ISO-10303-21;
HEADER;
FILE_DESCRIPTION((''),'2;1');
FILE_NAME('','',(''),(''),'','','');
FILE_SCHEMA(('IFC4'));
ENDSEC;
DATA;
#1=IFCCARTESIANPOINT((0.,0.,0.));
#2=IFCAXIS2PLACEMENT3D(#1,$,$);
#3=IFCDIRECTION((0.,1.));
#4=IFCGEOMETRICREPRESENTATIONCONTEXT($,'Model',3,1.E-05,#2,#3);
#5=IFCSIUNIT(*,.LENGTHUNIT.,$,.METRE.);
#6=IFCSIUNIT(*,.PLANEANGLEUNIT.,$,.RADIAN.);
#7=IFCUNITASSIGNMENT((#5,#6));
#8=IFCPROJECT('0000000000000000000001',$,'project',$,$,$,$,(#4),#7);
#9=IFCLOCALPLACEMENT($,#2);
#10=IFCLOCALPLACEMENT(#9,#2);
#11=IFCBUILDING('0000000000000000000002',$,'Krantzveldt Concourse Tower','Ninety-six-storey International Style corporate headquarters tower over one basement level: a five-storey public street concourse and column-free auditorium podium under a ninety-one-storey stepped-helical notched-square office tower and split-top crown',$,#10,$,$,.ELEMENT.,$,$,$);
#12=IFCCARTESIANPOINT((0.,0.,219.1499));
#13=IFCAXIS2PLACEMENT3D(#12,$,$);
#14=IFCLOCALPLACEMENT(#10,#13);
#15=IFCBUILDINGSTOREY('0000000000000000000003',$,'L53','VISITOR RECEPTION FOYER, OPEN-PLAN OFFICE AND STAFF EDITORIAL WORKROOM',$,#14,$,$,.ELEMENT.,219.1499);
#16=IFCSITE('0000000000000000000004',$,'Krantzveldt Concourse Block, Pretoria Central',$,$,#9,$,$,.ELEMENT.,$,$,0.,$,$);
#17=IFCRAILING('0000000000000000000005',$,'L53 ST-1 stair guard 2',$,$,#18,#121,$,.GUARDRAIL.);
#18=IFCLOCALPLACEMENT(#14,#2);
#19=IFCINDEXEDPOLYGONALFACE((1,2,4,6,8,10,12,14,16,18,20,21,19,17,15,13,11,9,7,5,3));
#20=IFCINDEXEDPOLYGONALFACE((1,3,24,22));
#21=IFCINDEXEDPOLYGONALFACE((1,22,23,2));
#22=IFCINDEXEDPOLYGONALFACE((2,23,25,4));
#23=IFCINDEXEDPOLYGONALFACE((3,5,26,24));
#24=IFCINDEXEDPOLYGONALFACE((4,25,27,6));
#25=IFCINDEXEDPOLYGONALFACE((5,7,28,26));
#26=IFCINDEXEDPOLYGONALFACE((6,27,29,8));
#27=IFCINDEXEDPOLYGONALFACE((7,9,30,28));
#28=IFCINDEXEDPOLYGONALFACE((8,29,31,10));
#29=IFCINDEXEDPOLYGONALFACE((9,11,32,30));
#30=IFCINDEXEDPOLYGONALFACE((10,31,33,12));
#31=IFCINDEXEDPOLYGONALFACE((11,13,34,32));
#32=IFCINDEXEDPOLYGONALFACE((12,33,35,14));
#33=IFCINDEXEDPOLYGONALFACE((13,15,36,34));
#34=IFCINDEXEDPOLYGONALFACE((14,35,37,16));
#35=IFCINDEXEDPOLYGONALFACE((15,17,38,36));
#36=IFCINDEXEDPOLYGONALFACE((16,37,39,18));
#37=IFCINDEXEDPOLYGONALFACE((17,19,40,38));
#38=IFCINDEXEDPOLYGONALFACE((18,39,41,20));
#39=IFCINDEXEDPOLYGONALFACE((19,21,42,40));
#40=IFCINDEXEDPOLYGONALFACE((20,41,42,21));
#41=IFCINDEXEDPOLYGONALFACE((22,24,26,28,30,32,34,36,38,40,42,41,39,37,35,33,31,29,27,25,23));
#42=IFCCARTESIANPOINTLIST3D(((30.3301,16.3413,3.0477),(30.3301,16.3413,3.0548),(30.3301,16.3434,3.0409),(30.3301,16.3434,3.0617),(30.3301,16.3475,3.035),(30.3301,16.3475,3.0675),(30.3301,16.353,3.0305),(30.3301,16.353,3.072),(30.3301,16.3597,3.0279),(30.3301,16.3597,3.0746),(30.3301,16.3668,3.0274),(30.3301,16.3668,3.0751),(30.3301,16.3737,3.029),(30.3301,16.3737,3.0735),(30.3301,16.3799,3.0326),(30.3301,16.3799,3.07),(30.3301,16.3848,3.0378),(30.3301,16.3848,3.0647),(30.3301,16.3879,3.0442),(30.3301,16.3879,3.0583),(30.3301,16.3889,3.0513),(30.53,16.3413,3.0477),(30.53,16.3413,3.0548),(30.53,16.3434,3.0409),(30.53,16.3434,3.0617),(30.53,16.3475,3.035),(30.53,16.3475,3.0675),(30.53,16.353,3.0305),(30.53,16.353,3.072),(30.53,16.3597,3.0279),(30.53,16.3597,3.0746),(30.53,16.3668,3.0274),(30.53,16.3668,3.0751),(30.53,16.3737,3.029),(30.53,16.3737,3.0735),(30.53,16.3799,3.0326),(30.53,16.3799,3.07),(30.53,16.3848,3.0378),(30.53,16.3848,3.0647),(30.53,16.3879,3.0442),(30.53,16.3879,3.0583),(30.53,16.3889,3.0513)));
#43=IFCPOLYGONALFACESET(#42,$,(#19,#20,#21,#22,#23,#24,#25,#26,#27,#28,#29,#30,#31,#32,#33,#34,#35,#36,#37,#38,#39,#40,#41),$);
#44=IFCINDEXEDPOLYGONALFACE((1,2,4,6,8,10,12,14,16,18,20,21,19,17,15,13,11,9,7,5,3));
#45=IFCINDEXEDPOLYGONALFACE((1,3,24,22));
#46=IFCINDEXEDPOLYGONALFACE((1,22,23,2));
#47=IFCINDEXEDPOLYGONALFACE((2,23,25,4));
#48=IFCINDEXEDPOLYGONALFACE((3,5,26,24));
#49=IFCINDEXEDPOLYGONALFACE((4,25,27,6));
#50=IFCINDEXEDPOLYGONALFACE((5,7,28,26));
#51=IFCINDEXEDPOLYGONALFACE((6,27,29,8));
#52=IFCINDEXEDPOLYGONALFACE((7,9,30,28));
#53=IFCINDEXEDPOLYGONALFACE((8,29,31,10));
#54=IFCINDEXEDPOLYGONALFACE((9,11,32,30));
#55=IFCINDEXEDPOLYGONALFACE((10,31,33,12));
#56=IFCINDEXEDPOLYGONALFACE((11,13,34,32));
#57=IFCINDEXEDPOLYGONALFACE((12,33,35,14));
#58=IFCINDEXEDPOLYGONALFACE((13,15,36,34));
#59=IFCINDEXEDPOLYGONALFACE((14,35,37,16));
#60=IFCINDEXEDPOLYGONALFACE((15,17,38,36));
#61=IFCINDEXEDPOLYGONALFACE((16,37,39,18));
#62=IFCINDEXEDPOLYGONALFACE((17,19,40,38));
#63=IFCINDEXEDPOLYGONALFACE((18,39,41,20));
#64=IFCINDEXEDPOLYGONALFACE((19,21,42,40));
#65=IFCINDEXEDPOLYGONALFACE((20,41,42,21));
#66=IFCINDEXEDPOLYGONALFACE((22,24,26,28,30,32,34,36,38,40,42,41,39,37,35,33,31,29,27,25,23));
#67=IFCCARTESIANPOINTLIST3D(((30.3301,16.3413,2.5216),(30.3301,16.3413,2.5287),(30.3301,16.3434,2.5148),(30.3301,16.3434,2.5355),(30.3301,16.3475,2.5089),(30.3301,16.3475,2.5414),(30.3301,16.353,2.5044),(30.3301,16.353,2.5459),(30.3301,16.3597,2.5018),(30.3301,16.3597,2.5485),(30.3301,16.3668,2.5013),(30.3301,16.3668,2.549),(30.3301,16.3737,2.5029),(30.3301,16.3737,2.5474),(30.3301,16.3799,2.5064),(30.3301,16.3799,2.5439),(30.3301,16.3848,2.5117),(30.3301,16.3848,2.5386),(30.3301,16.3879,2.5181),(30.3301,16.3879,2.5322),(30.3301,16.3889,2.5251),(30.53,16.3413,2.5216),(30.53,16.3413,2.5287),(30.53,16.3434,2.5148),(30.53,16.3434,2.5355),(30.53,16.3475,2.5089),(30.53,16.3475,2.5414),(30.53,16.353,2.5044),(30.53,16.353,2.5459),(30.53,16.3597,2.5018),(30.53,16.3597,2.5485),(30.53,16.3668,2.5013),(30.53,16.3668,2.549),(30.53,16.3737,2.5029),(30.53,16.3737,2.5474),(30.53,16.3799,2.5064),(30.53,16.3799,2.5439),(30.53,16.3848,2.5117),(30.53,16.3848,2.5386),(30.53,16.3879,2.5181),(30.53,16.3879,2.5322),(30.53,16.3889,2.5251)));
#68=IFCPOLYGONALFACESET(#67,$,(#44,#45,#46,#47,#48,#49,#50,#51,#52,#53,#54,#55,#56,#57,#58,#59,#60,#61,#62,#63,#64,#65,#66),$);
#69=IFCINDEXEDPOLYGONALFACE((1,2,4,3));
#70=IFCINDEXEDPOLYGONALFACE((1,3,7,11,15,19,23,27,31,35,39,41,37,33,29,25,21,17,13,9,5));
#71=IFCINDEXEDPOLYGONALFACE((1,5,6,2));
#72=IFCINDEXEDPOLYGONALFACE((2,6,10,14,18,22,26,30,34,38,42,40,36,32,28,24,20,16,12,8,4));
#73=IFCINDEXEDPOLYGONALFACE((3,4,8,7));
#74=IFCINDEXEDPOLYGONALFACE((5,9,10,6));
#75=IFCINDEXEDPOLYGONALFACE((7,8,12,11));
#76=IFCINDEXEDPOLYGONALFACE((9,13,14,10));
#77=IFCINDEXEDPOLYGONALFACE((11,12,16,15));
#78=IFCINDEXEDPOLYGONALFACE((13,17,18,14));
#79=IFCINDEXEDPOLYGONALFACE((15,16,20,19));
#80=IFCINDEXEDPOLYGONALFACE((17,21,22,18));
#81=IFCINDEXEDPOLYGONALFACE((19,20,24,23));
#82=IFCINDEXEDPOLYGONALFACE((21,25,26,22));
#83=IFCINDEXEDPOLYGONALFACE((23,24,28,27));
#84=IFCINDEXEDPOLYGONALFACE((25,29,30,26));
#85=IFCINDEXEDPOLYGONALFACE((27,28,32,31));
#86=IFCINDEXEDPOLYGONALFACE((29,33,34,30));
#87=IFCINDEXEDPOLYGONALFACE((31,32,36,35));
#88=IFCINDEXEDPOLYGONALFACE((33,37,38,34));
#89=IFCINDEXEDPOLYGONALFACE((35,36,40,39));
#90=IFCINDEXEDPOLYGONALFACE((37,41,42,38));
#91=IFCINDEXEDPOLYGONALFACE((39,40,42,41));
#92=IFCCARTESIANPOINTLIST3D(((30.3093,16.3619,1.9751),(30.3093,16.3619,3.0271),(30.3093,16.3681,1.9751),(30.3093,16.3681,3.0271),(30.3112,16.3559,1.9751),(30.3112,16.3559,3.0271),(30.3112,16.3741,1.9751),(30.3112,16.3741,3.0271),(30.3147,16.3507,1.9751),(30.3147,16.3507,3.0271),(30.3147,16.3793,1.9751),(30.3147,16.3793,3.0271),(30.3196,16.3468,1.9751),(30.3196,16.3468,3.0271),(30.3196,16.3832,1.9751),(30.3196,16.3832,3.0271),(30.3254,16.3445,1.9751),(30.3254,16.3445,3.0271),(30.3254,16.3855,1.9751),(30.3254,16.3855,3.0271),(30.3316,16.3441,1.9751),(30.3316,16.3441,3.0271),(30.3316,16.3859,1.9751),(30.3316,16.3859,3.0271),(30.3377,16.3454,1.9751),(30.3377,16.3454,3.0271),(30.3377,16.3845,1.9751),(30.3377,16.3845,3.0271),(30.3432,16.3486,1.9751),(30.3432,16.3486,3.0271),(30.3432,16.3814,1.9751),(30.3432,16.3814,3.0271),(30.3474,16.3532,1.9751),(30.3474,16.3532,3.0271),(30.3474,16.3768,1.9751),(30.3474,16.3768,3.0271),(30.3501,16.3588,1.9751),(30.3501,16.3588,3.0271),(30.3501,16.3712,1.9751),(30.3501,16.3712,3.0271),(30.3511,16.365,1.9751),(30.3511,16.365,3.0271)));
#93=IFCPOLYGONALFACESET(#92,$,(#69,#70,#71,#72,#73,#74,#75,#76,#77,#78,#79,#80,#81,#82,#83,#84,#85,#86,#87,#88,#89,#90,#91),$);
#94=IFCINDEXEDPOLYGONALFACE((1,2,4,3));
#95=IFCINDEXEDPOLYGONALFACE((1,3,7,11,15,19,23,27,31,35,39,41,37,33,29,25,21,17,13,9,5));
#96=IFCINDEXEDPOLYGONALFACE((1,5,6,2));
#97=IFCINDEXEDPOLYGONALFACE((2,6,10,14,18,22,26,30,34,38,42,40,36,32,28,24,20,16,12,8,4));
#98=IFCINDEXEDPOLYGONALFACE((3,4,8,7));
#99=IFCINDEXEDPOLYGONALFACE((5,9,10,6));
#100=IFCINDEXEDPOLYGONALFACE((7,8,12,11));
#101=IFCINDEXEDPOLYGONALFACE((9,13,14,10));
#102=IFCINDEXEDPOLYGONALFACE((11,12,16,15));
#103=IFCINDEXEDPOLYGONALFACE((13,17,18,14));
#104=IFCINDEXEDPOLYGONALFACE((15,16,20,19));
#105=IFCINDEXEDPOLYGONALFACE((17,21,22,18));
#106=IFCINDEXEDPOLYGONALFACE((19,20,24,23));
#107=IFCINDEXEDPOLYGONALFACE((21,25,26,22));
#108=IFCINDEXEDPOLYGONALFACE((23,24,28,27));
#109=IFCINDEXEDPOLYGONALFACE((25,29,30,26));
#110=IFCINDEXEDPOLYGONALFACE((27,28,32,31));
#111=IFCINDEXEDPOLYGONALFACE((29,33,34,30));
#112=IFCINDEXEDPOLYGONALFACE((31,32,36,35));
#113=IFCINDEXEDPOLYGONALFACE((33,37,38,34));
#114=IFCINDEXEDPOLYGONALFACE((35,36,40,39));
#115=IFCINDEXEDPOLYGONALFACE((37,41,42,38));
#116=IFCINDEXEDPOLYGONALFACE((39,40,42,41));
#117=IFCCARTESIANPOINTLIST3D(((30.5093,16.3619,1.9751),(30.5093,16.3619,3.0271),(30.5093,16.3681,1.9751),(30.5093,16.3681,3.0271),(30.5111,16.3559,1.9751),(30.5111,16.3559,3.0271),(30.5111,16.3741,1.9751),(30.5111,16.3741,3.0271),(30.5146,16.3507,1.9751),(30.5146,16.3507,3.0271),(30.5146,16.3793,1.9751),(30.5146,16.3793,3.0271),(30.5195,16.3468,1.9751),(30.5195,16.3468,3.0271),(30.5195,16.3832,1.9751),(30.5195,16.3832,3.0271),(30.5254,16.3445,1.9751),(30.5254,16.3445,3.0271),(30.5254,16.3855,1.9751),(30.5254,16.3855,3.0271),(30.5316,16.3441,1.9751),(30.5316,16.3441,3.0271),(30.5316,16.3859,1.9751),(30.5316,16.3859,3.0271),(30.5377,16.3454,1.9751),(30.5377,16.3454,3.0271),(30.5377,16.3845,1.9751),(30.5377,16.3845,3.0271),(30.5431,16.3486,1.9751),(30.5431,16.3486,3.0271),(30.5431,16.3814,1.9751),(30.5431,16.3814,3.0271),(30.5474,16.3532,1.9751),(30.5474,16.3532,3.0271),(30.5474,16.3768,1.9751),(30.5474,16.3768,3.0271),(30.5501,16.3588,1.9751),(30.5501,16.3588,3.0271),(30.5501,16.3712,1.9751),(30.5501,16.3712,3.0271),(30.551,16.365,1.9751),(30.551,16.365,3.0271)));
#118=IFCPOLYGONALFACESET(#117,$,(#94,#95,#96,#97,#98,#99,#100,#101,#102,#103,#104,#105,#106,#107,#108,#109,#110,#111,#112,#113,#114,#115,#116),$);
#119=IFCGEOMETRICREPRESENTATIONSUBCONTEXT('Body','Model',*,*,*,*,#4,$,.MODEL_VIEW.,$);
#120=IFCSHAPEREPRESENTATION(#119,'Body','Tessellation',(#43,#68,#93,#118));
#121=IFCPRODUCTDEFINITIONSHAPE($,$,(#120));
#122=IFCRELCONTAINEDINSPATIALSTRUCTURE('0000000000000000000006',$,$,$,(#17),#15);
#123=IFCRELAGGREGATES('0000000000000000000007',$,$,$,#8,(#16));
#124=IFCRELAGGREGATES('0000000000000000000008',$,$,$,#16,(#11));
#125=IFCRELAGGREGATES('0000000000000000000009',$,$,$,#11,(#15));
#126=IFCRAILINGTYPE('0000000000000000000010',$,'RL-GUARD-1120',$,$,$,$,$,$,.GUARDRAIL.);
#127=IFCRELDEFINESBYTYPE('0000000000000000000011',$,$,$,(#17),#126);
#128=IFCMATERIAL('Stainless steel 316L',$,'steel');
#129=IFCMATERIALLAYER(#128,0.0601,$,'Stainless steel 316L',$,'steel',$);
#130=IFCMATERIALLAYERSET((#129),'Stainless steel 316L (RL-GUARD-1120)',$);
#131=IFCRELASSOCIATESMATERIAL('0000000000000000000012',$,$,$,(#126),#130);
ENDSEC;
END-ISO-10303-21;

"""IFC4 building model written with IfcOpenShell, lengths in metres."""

from ifc_helpers import new_model, si_unit, direction, frame, origin, origin_2d, place, context, subcontext, project, spatial, circle, extrude, material, layer, layer_set, type_object, element, save


model = new_model("IFC4")

# Units and contexts
model_context = context("Model", 3, precision=1e-05, world=origin(), true_north=direction((0.0, 1.0)))
body_context = subcontext(model_context, "Body", "Model", "MODEL_VIEW")
ifc_project = project(units=[si_unit("LENGTHUNIT", "METRE"), si_unit("PLANEANGLEUNIT", "RADIAN")], contexts=[model_context])

# Site, building, storey
site_placement = place(None, origin())
site = spatial("IfcSite", under=ifc_project, at=site_placement, Name="Krantzveldt Concourse Block, Pretoria Central", CompositionType="ELEMENT", RefElevation=0.0)
building_placement = place(site_placement, origin())
building = spatial("IfcBuilding", under=site, at=building_placement, Name="Krantzveldt Concourse Tower", Description="Ninety-six-storey International Style corporate headquarters tower over one basement level: a five-storey public street concourse and column-free auditorium podium under a ninety-one-storey stepped-helical notched-square office tower and split-top crown", CompositionType="ELEMENT")
storey_placement = place(building_placement, frame((0.0, 0.0, 219.1499)))
storey = spatial("IfcBuildingStorey", under=building, at=storey_placement, Name="L53", Description="VISITOR RECEPTION FOYER, OPEN-PLAN OFFICE AND STAFF EDITORIAL WORKROOM", CompositionType="ELEMENT", Elevation=219.1499)

# Railing
ifc_material_1 = material(Name="Stainless steel 316L", Category="steel")
ifc_layer_1 = layer(ifc_material_1, 0.0601, Name="Stainless steel 316L", Category="steel")
ifc_layer_set_1 = layer_set([ifc_layer_1], Name="Stainless steel 316L (RL-GUARD-1120)")
railing_type_1 = type_object("IfcRailingType", Name="RL-GUARD-1120", PredefinedType="GUARDRAIL", material=ifc_layer_set_1)
railing_1_placement = place(storey_placement, frame((30.3301, 16.365, 1.9751)))
element("IfcRailing", 1, at=railing_1_placement, inside=storey, type_object=railing_type_1, Name="L53 ST-1 stair guard 2", PredefinedType="GUARDRAIL", context=body_context, shape_type="SweptSolid", body=[
    extrude(circle(Radius=0.0239, at=origin_2d()), frame((0.0, 0.0, 1.0762), z_axis=(1.0, 0.0, 0.0), x_axis=(0.0, 1.0, 0.0)), (0.0, 0.0, 1.0), 0.2),
    extrude(circle(Radius=0.0239, at=origin_2d()), frame((0.0, 0.0, 0.55), z_axis=(1.0, 0.0, 0.0), x_axis=(0.0, 1.0, 0.0)), (0.0, 0.0, 1.0), 0.2),
    extrude(circle(Radius=0.021, at=origin_2d()), origin(), (0.0, 0.0, 1.0), 1.052),
    extrude(circle(Radius=0.021, at=origin_2d()), frame((0.2, 0.0, 0.0)), (0.0, 0.0, 1.0), 1.052),
])

save(model, "model.ifc")
